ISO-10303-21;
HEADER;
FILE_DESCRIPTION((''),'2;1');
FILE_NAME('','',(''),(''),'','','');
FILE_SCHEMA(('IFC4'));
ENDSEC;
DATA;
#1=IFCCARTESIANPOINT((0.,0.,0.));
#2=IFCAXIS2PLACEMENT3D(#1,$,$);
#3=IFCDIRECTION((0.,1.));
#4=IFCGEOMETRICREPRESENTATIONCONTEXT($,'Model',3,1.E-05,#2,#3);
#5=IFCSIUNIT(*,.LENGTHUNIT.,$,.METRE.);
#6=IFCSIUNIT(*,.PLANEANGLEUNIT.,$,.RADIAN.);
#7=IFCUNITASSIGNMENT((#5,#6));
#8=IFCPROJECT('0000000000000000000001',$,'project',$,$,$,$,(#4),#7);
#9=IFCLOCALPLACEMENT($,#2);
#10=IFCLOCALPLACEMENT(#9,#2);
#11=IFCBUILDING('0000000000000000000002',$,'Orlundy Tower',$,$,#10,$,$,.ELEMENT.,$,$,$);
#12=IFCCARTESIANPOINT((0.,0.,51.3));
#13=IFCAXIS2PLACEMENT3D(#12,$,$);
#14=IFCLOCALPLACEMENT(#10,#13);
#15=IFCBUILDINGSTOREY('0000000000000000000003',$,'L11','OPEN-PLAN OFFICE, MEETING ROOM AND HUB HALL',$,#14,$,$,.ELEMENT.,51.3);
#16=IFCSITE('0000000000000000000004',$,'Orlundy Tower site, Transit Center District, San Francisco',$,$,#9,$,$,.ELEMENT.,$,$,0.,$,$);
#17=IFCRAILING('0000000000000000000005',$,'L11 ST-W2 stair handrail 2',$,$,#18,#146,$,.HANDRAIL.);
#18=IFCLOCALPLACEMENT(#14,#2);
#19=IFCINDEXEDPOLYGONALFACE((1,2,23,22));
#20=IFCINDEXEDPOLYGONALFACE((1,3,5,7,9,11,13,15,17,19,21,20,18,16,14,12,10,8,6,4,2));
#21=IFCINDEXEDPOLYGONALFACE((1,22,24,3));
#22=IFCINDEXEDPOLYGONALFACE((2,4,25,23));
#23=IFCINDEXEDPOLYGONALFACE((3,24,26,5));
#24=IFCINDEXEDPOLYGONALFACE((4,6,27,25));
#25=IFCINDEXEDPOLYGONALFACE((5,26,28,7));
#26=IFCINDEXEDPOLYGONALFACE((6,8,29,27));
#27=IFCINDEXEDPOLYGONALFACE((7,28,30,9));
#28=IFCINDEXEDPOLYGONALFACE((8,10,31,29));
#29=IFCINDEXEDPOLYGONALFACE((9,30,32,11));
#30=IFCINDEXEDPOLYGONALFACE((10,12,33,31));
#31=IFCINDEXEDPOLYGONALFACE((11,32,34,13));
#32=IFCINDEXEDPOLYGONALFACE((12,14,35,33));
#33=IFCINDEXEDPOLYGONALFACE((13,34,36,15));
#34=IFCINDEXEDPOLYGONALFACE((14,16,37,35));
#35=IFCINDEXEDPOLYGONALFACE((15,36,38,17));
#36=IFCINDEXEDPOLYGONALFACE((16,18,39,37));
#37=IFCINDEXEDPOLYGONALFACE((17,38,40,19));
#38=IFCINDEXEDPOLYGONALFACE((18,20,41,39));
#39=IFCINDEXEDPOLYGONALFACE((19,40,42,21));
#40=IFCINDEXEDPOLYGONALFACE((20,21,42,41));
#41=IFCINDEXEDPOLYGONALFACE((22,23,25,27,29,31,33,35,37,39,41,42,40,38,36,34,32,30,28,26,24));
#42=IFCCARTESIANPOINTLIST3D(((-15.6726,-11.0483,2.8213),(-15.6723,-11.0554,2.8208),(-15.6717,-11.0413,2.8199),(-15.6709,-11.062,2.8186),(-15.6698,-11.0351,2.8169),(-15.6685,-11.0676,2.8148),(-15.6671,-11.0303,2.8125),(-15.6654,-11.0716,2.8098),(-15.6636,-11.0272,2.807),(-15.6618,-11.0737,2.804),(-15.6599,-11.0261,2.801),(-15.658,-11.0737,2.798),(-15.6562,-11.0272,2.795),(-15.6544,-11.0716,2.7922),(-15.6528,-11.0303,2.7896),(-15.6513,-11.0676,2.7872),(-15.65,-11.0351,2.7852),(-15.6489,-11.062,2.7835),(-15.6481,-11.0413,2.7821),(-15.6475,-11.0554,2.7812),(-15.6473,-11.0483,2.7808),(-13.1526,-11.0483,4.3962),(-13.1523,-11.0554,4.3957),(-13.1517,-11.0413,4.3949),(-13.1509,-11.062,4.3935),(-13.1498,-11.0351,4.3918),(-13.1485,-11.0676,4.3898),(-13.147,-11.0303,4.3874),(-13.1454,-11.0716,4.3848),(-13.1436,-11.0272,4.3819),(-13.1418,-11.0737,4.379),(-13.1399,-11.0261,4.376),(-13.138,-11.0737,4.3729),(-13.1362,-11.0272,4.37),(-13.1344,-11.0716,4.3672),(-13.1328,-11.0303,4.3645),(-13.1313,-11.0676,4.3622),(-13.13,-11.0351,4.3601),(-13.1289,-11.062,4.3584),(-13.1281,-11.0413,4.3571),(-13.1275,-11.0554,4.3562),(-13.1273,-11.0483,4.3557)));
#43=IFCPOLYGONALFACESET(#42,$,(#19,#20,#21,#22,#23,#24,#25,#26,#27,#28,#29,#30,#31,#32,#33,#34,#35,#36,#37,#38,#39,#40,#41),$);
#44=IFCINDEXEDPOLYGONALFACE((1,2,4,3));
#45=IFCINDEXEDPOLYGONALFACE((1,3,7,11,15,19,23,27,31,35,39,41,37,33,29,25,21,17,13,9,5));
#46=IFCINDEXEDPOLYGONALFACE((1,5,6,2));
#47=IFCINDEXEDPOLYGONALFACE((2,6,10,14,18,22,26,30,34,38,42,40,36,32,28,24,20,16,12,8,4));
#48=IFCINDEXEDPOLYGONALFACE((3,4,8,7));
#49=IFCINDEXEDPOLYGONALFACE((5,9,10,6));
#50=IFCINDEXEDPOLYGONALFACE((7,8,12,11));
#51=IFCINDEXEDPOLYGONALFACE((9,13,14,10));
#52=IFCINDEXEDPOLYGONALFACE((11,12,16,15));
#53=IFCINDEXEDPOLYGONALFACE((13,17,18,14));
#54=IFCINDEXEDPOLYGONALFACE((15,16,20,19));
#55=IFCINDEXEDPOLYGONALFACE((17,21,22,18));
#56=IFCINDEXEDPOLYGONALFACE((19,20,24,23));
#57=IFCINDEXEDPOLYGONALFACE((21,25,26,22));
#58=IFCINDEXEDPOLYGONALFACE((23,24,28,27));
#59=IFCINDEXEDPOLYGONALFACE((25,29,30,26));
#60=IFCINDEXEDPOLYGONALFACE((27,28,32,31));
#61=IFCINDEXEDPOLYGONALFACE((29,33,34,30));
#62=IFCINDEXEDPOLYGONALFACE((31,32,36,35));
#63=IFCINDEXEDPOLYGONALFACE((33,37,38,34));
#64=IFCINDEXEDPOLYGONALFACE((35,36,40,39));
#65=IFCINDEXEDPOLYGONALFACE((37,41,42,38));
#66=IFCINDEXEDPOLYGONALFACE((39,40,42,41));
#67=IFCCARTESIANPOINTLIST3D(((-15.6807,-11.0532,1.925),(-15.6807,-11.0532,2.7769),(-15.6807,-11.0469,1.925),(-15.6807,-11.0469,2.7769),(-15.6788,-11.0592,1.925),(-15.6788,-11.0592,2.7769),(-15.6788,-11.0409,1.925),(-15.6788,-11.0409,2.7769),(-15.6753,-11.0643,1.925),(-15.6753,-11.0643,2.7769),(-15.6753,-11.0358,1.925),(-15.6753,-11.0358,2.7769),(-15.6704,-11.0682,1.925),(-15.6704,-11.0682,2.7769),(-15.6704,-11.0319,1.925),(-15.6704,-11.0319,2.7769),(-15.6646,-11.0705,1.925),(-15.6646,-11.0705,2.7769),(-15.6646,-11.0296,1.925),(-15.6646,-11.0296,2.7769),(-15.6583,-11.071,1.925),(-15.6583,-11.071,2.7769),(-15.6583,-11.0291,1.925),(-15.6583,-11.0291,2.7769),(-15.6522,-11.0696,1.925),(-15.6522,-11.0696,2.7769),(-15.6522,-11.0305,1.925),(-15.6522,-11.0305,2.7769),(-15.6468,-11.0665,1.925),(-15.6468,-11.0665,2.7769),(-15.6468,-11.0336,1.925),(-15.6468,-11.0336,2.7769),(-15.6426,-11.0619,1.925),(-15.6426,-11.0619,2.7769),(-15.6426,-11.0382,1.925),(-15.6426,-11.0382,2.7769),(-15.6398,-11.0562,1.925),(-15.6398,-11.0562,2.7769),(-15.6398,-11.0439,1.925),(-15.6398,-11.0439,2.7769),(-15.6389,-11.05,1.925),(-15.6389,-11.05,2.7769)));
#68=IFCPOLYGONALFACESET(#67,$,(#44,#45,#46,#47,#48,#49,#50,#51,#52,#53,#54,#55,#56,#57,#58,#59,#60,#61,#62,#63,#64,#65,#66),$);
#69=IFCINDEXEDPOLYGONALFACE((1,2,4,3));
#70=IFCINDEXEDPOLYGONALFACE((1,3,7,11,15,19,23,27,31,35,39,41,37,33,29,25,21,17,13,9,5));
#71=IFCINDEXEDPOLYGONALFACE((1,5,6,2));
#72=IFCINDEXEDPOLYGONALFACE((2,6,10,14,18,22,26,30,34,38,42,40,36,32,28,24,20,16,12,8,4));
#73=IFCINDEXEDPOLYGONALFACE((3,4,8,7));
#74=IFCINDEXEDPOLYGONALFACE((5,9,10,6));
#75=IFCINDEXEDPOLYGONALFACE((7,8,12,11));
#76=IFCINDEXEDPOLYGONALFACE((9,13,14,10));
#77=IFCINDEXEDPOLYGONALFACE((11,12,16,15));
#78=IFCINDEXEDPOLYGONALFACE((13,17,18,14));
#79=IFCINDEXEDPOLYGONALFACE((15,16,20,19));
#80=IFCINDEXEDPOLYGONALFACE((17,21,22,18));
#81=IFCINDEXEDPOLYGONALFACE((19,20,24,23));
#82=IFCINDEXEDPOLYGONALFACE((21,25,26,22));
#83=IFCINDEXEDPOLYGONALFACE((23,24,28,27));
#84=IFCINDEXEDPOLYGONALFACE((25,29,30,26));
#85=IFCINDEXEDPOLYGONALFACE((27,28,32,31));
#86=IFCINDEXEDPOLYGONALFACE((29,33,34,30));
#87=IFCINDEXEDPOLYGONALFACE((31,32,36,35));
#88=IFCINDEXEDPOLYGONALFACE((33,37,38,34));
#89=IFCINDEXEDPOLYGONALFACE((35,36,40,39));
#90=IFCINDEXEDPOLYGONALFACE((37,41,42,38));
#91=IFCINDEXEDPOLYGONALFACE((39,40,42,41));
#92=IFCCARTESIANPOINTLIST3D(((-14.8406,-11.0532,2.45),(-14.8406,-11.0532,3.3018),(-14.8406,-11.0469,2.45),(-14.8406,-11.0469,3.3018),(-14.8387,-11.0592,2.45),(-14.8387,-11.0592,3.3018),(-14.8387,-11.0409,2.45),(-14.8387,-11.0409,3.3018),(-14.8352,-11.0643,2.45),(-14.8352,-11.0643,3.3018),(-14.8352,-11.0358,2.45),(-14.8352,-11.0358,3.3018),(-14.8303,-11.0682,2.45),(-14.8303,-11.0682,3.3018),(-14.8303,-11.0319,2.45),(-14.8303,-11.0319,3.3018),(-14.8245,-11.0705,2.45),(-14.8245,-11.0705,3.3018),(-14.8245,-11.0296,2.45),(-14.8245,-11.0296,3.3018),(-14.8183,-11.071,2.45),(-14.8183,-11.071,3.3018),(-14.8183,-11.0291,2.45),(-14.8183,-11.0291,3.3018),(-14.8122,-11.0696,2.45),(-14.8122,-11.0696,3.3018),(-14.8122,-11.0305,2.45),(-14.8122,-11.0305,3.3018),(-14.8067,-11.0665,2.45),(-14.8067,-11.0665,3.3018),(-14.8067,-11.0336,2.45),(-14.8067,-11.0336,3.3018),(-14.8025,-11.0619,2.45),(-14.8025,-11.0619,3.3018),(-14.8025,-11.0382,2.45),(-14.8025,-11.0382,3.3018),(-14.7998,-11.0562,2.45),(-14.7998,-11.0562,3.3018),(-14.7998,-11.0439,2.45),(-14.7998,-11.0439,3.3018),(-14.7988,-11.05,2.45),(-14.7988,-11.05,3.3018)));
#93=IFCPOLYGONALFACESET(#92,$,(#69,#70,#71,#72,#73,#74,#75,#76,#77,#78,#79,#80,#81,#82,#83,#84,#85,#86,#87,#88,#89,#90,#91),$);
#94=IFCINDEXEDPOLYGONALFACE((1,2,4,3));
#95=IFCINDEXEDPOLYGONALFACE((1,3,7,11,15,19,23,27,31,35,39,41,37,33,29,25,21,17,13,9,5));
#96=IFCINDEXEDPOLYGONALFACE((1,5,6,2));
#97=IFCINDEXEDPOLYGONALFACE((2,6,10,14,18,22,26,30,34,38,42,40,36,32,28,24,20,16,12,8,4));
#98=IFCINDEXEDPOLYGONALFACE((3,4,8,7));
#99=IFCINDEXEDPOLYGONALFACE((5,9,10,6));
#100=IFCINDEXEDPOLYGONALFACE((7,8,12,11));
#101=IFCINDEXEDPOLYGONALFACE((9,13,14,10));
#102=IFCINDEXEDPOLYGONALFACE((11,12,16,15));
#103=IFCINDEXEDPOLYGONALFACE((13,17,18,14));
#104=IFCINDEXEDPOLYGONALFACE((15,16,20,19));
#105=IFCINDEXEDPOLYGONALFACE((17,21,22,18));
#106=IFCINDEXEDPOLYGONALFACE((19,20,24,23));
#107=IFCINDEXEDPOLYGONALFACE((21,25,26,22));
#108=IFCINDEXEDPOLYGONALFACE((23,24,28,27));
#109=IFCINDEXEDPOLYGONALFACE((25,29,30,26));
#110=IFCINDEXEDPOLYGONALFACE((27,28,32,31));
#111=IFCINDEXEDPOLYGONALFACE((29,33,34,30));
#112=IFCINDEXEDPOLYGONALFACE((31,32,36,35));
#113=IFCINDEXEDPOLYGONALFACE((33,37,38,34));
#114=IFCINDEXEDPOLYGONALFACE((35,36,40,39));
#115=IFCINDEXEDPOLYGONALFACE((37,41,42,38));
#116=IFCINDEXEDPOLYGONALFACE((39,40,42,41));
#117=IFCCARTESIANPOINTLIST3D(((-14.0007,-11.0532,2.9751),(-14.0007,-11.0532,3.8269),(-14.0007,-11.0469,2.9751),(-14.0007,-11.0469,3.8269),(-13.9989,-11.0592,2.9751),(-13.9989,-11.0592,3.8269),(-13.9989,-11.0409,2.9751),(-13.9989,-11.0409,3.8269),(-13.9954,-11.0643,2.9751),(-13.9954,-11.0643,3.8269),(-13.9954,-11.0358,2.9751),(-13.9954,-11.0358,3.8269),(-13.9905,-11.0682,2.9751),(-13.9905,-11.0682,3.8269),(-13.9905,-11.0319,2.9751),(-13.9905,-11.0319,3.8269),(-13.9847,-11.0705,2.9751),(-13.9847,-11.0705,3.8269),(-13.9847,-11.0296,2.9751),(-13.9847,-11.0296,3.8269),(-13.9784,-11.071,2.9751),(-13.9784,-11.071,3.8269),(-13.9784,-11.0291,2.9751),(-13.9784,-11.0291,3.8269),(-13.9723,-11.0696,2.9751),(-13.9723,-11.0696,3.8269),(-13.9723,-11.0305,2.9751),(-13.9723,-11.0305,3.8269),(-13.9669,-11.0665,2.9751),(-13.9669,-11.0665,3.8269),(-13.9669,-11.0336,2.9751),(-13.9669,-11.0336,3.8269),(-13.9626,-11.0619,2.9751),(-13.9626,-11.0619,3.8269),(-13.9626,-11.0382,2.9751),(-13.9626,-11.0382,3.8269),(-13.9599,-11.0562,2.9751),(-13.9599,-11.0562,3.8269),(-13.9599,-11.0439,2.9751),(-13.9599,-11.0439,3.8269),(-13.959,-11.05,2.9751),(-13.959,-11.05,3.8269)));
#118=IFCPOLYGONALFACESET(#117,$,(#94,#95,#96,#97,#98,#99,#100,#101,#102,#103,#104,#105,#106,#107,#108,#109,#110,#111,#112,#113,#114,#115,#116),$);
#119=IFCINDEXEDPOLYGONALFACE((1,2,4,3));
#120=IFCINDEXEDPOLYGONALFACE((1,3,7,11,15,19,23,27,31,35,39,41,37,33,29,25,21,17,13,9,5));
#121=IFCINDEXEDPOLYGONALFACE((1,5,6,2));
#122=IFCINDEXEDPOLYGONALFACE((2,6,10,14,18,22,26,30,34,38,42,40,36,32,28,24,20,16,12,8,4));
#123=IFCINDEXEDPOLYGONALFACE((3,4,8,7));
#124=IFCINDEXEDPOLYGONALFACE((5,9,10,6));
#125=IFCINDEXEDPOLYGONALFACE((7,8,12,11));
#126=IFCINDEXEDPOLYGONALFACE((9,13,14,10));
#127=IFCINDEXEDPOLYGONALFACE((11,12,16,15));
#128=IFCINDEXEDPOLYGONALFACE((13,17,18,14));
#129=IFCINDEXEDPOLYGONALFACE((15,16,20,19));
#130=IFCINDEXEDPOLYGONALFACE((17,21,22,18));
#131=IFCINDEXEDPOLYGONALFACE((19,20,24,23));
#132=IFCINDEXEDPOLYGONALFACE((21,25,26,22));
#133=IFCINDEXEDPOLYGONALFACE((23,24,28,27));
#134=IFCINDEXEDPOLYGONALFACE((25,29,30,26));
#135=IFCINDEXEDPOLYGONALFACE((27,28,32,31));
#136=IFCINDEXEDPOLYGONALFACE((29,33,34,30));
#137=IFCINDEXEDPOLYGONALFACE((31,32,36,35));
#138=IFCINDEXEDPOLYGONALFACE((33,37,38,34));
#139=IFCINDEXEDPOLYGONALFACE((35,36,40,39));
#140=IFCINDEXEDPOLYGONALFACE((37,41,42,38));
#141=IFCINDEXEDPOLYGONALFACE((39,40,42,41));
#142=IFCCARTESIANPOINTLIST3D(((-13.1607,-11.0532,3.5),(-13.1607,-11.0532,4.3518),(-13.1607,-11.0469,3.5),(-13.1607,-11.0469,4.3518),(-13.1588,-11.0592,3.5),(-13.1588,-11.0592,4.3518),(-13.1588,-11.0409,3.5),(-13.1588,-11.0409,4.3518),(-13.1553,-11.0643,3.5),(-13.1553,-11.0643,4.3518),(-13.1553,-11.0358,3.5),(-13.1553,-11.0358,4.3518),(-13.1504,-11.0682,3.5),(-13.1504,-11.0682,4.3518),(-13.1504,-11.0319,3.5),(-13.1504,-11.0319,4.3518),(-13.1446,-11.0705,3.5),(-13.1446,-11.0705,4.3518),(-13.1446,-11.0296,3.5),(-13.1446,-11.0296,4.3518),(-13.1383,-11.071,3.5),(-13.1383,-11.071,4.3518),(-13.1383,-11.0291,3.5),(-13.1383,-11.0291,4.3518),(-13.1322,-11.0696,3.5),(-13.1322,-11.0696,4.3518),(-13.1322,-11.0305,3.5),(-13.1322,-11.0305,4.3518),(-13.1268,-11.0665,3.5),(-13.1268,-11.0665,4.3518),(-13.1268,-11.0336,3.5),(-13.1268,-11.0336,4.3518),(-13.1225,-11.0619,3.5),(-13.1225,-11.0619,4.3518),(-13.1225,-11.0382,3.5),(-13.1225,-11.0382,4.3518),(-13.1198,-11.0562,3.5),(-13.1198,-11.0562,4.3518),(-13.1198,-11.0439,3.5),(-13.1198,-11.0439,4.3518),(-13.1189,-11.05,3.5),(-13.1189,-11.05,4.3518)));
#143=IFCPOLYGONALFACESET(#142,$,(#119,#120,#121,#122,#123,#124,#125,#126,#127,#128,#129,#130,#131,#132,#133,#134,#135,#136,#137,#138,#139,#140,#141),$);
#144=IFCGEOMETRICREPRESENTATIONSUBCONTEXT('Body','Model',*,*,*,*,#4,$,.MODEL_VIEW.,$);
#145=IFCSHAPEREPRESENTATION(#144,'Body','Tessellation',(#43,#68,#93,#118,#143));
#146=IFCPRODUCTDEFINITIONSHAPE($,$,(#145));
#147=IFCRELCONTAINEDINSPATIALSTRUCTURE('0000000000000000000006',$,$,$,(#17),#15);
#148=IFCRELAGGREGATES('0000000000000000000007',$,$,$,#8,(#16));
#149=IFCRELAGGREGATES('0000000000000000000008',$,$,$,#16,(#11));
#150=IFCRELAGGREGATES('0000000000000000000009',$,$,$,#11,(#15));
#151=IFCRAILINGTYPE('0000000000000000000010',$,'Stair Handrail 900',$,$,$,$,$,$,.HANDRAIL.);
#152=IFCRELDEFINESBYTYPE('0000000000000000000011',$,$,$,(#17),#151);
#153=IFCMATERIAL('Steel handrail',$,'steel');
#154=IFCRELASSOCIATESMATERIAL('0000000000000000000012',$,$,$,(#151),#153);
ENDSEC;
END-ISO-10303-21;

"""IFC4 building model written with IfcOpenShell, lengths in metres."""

from ifc_helpers import new_model, si_unit, direction, frame, origin, origin_2d, place, context, subcontext, project, spatial, circle, extrude, material, type_object, element, save


model = new_model("IFC4")

# Units and contexts
model_context = context("Model", 3, precision=1e-05, world=origin(), true_north=direction((0.0, 1.0)))
body_context = subcontext(model_context, "Body", "Model", "MODEL_VIEW")
ifc_project = project(units=[si_unit("LENGTHUNIT", "METRE"), si_unit("PLANEANGLEUNIT", "RADIAN")], contexts=[model_context])

# Site, building, storey
site_placement = place(None, origin())
site = spatial("IfcSite", under=ifc_project, at=site_placement, Name="Orlundy Tower site, Transit Center District, San Francisco", CompositionType="ELEMENT", RefElevation=0.0)
building_placement = place(site_placement, origin())
building = spatial("IfcBuilding", under=site, at=building_placement, Name="Orlundy Tower", CompositionType="ELEMENT")
storey_placement = place(building_placement, frame((0.0, 0.0, 51.3)))
storey = spatial("IfcBuildingStorey", under=building, at=storey_placement, Name="L11", Description="OPEN-PLAN OFFICE, MEETING ROOM AND HUB HALL", CompositionType="ELEMENT", Elevation=51.3)

# Railing
ifc_material_1 = material(Name="Steel handrail", Category="steel")
railing_type = type_object("IfcRailingType", Name="Stair Handrail 900", PredefinedType="HANDRAIL", material=ifc_material_1)
railing_1_placement = place(storey_placement, frame((-15.6599, -11.05, 1.925)))
element("IfcRailing", 1, at=railing_1_placement, inside=storey, type_object=railing_type, Name="L11 ST-W2 stair handrail 2", PredefinedType="HANDRAIL", context=body_context, shape_type="SweptSolid", body=[
    extrude(circle(Radius=0.0239, at=origin_2d()), frame((0.0, 0.0, 0.876), z_axis=(0.848008, 0.0, 0.529984), x_axis=(0.0, 1.0, 0.0)), (0.0, 0.0, 1.0), 2.9717),
    extrude(circle(Radius=0.021, at=origin_2d()), origin(), (0.0, 0.0, 1.0), 0.8518),
    extrude(circle(Radius=0.021, at=origin_2d()), frame((0.8401, 0.0, 0.5249)), (0.0, 0.0, 1.0), 0.8518),
    extrude(circle(Radius=0.021, at=origin_2d()), frame((1.6799, 0.0, 1.05)), (0.0, 0.0, 1.0), 0.8518),
    extrude(circle(Radius=0.021, at=origin_2d()), frame((2.52, 0.0, 1.575)), (0.0, 0.0, 1.0), 0.8518),
])

save(model, "model.ifc")
